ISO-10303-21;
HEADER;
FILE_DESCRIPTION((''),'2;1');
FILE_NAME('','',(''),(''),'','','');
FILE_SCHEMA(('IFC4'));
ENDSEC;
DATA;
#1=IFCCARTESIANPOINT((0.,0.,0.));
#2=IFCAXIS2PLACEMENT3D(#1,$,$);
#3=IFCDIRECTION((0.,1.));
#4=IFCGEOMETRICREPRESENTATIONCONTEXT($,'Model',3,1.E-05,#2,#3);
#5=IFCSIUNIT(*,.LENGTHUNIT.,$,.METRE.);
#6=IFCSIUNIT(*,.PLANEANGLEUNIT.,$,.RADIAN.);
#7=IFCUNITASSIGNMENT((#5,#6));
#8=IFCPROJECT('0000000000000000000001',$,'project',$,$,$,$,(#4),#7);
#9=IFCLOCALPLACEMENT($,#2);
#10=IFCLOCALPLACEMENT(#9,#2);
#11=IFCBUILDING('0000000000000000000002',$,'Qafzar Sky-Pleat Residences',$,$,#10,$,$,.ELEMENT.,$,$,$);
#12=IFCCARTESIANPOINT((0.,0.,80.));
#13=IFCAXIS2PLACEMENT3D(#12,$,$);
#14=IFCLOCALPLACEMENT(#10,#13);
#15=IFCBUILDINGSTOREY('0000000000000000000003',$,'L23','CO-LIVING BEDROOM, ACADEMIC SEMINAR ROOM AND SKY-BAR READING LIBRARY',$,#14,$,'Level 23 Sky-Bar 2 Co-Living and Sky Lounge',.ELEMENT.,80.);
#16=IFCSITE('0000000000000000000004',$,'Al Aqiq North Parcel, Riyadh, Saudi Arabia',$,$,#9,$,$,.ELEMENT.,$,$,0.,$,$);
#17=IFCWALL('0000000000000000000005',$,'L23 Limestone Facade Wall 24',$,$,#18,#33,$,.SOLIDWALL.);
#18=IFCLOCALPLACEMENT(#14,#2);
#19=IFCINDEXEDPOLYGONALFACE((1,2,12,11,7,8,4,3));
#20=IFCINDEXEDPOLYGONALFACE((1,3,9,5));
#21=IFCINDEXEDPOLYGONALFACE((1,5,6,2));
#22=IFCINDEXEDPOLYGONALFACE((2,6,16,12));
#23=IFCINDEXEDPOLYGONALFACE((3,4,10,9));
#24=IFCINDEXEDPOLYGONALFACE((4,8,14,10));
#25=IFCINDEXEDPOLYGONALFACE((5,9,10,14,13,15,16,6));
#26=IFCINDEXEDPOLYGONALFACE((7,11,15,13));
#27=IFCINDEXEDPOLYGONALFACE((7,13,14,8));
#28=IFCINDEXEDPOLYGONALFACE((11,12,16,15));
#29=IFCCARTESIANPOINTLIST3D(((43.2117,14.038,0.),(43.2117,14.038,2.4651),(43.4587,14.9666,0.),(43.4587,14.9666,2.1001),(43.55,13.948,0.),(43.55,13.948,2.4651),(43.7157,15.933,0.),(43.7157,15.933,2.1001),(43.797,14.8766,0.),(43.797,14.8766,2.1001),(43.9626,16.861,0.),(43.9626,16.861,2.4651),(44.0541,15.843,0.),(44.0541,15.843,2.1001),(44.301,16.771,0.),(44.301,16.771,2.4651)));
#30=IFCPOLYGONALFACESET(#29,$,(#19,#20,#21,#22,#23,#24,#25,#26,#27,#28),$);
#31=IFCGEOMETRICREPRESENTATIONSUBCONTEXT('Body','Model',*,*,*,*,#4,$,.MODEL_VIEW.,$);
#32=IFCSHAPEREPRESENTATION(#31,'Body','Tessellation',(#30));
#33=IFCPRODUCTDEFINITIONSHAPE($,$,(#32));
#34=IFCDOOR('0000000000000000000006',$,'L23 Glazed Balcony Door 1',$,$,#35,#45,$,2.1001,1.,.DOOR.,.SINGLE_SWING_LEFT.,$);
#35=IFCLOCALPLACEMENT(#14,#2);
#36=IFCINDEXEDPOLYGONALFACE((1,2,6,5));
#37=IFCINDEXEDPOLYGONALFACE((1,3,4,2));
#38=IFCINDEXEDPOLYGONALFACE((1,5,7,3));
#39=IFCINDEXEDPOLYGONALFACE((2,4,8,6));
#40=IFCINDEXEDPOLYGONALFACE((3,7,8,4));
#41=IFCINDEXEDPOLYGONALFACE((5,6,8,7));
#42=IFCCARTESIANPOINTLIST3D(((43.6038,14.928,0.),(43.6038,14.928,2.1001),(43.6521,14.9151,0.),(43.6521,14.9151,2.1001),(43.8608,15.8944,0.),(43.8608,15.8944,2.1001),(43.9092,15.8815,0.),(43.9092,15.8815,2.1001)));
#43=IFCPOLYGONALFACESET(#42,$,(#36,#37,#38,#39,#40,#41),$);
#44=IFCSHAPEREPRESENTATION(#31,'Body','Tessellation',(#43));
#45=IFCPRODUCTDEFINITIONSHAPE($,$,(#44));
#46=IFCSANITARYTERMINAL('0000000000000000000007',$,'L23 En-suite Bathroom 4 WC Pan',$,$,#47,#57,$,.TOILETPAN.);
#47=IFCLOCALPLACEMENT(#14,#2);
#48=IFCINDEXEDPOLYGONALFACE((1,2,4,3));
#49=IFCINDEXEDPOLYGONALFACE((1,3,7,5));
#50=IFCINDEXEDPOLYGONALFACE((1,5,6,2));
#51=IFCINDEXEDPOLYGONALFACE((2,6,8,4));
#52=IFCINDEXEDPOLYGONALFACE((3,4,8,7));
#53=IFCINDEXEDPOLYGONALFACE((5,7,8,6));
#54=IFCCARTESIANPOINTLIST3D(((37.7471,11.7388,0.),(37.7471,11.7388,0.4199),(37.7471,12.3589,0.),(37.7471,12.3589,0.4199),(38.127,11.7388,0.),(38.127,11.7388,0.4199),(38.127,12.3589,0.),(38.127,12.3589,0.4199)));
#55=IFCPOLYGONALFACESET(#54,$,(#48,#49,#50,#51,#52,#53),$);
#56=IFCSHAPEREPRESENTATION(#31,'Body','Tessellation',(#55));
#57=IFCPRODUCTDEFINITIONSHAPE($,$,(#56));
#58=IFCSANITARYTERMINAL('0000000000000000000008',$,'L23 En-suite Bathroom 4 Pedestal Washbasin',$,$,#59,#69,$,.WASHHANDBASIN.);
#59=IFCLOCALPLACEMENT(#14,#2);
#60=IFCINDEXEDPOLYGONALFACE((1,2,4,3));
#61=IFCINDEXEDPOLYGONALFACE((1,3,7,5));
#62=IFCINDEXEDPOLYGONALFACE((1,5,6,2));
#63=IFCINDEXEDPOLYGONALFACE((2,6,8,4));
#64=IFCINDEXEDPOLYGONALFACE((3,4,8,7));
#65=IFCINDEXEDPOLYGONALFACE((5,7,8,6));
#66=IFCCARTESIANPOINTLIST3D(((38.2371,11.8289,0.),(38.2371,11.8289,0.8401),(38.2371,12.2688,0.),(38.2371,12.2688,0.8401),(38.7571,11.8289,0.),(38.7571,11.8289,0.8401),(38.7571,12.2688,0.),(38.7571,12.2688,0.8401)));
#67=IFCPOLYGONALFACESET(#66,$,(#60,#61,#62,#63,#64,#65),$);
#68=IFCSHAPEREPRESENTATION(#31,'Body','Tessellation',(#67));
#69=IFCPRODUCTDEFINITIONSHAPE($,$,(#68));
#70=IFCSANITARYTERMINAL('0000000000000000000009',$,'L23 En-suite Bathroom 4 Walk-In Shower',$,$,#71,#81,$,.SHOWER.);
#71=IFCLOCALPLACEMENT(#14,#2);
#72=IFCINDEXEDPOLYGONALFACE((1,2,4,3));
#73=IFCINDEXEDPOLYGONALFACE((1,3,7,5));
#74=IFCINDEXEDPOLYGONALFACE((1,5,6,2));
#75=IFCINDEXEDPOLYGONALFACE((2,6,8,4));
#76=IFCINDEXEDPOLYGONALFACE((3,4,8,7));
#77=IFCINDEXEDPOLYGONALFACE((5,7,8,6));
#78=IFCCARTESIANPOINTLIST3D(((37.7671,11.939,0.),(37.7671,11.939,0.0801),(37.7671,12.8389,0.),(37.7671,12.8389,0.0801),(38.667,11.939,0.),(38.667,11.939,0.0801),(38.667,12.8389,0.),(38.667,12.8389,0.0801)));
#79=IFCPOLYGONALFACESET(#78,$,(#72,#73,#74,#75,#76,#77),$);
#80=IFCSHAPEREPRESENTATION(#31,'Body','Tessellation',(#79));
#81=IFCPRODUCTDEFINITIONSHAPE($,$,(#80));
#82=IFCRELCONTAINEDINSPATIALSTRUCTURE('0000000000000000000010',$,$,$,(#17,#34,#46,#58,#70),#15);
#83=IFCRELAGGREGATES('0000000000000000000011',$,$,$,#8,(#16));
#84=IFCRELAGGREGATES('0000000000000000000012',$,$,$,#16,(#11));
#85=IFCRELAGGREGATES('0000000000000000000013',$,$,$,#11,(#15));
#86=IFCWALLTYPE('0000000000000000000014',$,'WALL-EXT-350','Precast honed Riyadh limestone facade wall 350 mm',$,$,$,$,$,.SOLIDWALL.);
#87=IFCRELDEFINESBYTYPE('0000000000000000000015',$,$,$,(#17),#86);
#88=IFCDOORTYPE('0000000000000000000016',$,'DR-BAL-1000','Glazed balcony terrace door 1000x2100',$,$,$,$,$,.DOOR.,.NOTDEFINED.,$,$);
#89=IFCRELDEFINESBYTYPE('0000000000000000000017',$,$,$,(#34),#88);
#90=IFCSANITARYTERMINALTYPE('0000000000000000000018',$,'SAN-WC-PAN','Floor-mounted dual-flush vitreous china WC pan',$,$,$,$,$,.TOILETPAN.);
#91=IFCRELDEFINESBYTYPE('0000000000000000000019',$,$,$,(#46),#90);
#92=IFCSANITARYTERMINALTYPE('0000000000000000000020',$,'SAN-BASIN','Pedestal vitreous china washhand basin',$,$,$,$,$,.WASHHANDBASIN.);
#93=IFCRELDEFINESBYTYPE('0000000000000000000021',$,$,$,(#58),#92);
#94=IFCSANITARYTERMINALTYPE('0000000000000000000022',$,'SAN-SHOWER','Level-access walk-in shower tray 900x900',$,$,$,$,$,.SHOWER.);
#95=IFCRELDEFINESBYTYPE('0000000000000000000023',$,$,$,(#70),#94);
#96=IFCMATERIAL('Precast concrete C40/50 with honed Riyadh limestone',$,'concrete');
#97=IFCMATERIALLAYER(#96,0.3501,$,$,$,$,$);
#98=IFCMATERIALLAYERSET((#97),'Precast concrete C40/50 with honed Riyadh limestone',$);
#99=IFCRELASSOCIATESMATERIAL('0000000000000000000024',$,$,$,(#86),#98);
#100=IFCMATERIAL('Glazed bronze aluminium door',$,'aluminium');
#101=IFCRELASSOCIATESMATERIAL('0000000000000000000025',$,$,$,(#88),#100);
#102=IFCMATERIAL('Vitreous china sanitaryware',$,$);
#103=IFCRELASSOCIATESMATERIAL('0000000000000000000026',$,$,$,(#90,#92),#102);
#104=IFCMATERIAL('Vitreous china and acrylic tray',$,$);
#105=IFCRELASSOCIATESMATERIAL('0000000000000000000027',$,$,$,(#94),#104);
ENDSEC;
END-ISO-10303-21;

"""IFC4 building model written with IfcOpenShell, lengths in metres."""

from ifc_helpers import new_model, si_unit, direction, frame, frame_2d, origin, origin_2d, place, context, subcontext, project, spatial, rectangle, extrude, source, transform, mapped, material, layer, layer_set, type_object, element, fill, save


model = new_model("IFC4")

# Units and contexts
model_context = context("Model", 3, precision=1e-05, world=origin(), true_north=direction((0.0, 1.0)))
body_context = subcontext(model_context, "Body", "Model", "MODEL_VIEW")
ifc_project = project(units=[si_unit("LENGTHUNIT", "METRE"), si_unit("PLANEANGLEUNIT", "RADIAN")], contexts=[model_context])

# Site, building, storey
site_placement = place(None, origin())
site = spatial("IfcSite", under=ifc_project, at=site_placement, Name="Al Aqiq North Parcel, Riyadh, Saudi Arabia", CompositionType="ELEMENT", RefElevation=0.0)
building_placement = place(site_placement, origin())
building = spatial("IfcBuilding", under=site, at=building_placement, Name="Qafzar Sky-Pleat Residences", CompositionType="ELEMENT")
storey_placement = place(building_placement, frame((0.0, 0.0, 80.0)))
storey = spatial("IfcBuildingStorey", under=building, at=storey_placement, Name="L23", Description="CO-LIVING BEDROOM, ACADEMIC SEMINAR ROOM AND SKY-BAR READING LIBRARY", LongName="Level 23 Sky-Bar 2 Co-Living and Sky Lounge", CompositionType="ELEMENT", Elevation=80.0)

# Shared definitions
ifc_material_1 = material(Name="Precast concrete C40/50 with honed Riyadh limestone", Category="concrete")
ifc_layer_1 = layer(ifc_material_1, 0.3501)
ifc_layer_set_1 = layer_set([ifc_layer_1], Name="Precast concrete C40/50 with honed Riyadh limestone")
wall_type_1 = type_object("IfcWallType", Name="WALL-EXT-350", Description="Precast honed Riyadh limestone facade wall 350 mm", PredefinedType="SOLIDWALL", material=ifc_layer_set_1)

# Wall, opening, door
wall_1_placement = place(storey_placement, frame((43.3809, 13.9932, 0.0), z_axis=(0.0, 0.0, 1.0), x_axis=(0.25708, 0.96639, 0.0)))
wall_1 = element("IfcWall", 1, at=wall_1_placement, inside=storey, type_object=wall_type_1, Name="L23 Limestone Facade Wall 24", PredefinedType="SOLIDWALL", context=body_context, shape_type="SweptSolid", body=[
    extrude(rectangle(XDim=2.9211, YDim=0.3501, at=frame_2d((1.4604, 0.0))), origin(), (0.0, 0.0, 1.0), 2.4651),
])
opening_1_placement = place(wall_1_placement, frame((0.9607, 0.0, 0.0)))
opening_1 = element("IfcOpeningElement", 2, at=opening_1_placement, cuts=wall_1, PredefinedType="OPENING", context=body_context, shape_type="SweptSolid", body=[
    extrude(rectangle(XDim=1.0, YDim=2.1001, at=frame_2d((0.5, 1.05))), frame((0.0, 0.1851, 0.0), z_axis=(0.0, -1.0, 0.0), x_axis=(1.0, 0.0, 0.0)), (0.0, 0.0, 1.0), 0.3701),
])
ifc_material_2 = material(Name="Glazed bronze aluminium door", Category="aluminium")
door_type = type_object("IfcDoorType", Name="DR-BAL-1000", Description="Glazed balcony terrace door 1000x2100", OperationType="NOTDEFINED", PredefinedType="DOOR", material=ifc_material_2)
shared_shape_1 = source(origin(), body_context, "Body", "SweptSolid", [
    extrude(rectangle(XDim=1.0, YDim=2.1001, at=frame_2d((0.5, 1.05))), frame((0.0, 0.0249, 0.0), z_axis=(0.0, -1.0, 0.0), x_axis=(1.0, 0.0, 0.0)), (0.0, 0.0, 1.0), 0.05),
])
door_placement = place(opening_1_placement, origin())
door = element("IfcDoor", 3, at=door_placement, inside=storey, type_object=door_type, Name="L23 Glazed Balcony Door 1", OperationType="SINGLE_SWING_LEFT", OverallHeight=2.1001, OverallWidth=1.0, PredefinedType="DOOR", context=body_context, shape_type="MappedRepresentation", body=[
    mapped(shared_shape_1, transform((0.0, 0.0, 0.0), x_axis=(1.0, 0.0, 0.0), y_axis=(0.0, 1.0, 0.0), z_axis=(0.0, 0.0, 1.0), scale=1.0)),
])
fill(opening_1, door)

# Sanitary terminals
ifc_material_3 = material(Name="Vitreous china sanitaryware")
sanitary_terminal_type_1 = type_object("IfcSanitaryTerminalType", Name="SAN-WC-PAN", Description="Floor-mounted dual-flush vitreous china WC pan", PredefinedType="TOILETPAN", material=ifc_material_3)
shared_shape_2 = source(origin(), body_context, "Body", "SweptSolid", [
    extrude(rectangle(XDim=0.3799, YDim=0.6201, at=origin_2d()), origin(), (0.0, 0.0, 1.0), 0.4199),
])
sanitary_terminal_1_placement = place(storey_placement, frame((37.937, 12.0488, 0.0), z_axis=(0.0, 0.0, 1.0), x_axis=(1.0, 0.0, 0.0)))
element("IfcSanitaryTerminal", 4, at=sanitary_terminal_1_placement, inside=storey, type_object=sanitary_terminal_type_1, Name="L23 En-suite Bathroom 4 WC Pan", PredefinedType="TOILETPAN", context=body_context, shape_type="MappedRepresentation", body=[
    mapped(shared_shape_2, transform((0.0, 0.0, 0.0), x_axis=(1.0, 0.0, 0.0), y_axis=(0.0, 1.0, 0.0), z_axis=(0.0, 0.0, 1.0), scale=1.0)),
])
sanitary_terminal_type_2 = type_object("IfcSanitaryTerminalType", Name="SAN-BASIN", Description="Pedestal vitreous china washhand basin", PredefinedType="WASHHANDBASIN", material=ifc_material_3)
shared_shape_3 = source(origin(), body_context, "Body", "SweptSolid", [
    extrude(rectangle(XDim=0.52, YDim=0.4399, at=origin_2d()), origin(), (0.0, 0.0, 1.0), 0.8401),
])
sanitary_terminal_2_placement = place(storey_placement, frame((38.4971, 12.0488, 0.0), z_axis=(0.0, 0.0, 1.0), x_axis=(1.0, 0.0, 0.0)))
element("IfcSanitaryTerminal", 5, at=sanitary_terminal_2_placement, inside=storey, type_object=sanitary_terminal_type_2, Name="L23 En-suite Bathroom 4 Pedestal Washbasin", PredefinedType="WASHHANDBASIN", context=body_context, shape_type="MappedRepresentation", body=[
    mapped(shared_shape_3, transform((0.0, 0.0, 0.0), x_axis=(1.0, 0.0, 0.0), y_axis=(0.0, 1.0, 0.0), z_axis=(0.0, 0.0, 1.0), scale=1.0)),
])
ifc_material_4 = material(Name="Vitreous china and acrylic tray")
sanitary_terminal_type_3 = type_object("IfcSanitaryTerminalType", Name="SAN-SHOWER", Description="Level-access walk-in shower tray 900x900", PredefinedType="SHOWER", material=ifc_material_4)
shared_shape_4 = source(origin(), body_context, "Body", "SweptSolid", [
    extrude(rectangle(XDim=0.8999, YDim=0.8999, at=origin_2d()), origin(), (0.0, 0.0, 1.0), 0.0801),
])
sanitary_terminal_3_placement = place(storey_placement, frame((38.217, 12.3889, 0.0), z_axis=(0.0, 0.0, 1.0), x_axis=(1.0, 0.0, 0.0)))
element("IfcSanitaryTerminal", 6, at=sanitary_terminal_3_placement, inside=storey, type_object=sanitary_terminal_type_3, Name="L23 En-suite Bathroom 4 Walk-In Shower", PredefinedType="SHOWER", context=body_context, shape_type="MappedRepresentation", body=[
    mapped(shared_shape_4, transform((0.0, 0.0, 0.0), x_axis=(1.0, 0.0, 0.0), y_axis=(0.0, 1.0, 0.0), z_axis=(0.0, 0.0, 1.0), scale=1.0)),
])

save(model, "model.ifc")
